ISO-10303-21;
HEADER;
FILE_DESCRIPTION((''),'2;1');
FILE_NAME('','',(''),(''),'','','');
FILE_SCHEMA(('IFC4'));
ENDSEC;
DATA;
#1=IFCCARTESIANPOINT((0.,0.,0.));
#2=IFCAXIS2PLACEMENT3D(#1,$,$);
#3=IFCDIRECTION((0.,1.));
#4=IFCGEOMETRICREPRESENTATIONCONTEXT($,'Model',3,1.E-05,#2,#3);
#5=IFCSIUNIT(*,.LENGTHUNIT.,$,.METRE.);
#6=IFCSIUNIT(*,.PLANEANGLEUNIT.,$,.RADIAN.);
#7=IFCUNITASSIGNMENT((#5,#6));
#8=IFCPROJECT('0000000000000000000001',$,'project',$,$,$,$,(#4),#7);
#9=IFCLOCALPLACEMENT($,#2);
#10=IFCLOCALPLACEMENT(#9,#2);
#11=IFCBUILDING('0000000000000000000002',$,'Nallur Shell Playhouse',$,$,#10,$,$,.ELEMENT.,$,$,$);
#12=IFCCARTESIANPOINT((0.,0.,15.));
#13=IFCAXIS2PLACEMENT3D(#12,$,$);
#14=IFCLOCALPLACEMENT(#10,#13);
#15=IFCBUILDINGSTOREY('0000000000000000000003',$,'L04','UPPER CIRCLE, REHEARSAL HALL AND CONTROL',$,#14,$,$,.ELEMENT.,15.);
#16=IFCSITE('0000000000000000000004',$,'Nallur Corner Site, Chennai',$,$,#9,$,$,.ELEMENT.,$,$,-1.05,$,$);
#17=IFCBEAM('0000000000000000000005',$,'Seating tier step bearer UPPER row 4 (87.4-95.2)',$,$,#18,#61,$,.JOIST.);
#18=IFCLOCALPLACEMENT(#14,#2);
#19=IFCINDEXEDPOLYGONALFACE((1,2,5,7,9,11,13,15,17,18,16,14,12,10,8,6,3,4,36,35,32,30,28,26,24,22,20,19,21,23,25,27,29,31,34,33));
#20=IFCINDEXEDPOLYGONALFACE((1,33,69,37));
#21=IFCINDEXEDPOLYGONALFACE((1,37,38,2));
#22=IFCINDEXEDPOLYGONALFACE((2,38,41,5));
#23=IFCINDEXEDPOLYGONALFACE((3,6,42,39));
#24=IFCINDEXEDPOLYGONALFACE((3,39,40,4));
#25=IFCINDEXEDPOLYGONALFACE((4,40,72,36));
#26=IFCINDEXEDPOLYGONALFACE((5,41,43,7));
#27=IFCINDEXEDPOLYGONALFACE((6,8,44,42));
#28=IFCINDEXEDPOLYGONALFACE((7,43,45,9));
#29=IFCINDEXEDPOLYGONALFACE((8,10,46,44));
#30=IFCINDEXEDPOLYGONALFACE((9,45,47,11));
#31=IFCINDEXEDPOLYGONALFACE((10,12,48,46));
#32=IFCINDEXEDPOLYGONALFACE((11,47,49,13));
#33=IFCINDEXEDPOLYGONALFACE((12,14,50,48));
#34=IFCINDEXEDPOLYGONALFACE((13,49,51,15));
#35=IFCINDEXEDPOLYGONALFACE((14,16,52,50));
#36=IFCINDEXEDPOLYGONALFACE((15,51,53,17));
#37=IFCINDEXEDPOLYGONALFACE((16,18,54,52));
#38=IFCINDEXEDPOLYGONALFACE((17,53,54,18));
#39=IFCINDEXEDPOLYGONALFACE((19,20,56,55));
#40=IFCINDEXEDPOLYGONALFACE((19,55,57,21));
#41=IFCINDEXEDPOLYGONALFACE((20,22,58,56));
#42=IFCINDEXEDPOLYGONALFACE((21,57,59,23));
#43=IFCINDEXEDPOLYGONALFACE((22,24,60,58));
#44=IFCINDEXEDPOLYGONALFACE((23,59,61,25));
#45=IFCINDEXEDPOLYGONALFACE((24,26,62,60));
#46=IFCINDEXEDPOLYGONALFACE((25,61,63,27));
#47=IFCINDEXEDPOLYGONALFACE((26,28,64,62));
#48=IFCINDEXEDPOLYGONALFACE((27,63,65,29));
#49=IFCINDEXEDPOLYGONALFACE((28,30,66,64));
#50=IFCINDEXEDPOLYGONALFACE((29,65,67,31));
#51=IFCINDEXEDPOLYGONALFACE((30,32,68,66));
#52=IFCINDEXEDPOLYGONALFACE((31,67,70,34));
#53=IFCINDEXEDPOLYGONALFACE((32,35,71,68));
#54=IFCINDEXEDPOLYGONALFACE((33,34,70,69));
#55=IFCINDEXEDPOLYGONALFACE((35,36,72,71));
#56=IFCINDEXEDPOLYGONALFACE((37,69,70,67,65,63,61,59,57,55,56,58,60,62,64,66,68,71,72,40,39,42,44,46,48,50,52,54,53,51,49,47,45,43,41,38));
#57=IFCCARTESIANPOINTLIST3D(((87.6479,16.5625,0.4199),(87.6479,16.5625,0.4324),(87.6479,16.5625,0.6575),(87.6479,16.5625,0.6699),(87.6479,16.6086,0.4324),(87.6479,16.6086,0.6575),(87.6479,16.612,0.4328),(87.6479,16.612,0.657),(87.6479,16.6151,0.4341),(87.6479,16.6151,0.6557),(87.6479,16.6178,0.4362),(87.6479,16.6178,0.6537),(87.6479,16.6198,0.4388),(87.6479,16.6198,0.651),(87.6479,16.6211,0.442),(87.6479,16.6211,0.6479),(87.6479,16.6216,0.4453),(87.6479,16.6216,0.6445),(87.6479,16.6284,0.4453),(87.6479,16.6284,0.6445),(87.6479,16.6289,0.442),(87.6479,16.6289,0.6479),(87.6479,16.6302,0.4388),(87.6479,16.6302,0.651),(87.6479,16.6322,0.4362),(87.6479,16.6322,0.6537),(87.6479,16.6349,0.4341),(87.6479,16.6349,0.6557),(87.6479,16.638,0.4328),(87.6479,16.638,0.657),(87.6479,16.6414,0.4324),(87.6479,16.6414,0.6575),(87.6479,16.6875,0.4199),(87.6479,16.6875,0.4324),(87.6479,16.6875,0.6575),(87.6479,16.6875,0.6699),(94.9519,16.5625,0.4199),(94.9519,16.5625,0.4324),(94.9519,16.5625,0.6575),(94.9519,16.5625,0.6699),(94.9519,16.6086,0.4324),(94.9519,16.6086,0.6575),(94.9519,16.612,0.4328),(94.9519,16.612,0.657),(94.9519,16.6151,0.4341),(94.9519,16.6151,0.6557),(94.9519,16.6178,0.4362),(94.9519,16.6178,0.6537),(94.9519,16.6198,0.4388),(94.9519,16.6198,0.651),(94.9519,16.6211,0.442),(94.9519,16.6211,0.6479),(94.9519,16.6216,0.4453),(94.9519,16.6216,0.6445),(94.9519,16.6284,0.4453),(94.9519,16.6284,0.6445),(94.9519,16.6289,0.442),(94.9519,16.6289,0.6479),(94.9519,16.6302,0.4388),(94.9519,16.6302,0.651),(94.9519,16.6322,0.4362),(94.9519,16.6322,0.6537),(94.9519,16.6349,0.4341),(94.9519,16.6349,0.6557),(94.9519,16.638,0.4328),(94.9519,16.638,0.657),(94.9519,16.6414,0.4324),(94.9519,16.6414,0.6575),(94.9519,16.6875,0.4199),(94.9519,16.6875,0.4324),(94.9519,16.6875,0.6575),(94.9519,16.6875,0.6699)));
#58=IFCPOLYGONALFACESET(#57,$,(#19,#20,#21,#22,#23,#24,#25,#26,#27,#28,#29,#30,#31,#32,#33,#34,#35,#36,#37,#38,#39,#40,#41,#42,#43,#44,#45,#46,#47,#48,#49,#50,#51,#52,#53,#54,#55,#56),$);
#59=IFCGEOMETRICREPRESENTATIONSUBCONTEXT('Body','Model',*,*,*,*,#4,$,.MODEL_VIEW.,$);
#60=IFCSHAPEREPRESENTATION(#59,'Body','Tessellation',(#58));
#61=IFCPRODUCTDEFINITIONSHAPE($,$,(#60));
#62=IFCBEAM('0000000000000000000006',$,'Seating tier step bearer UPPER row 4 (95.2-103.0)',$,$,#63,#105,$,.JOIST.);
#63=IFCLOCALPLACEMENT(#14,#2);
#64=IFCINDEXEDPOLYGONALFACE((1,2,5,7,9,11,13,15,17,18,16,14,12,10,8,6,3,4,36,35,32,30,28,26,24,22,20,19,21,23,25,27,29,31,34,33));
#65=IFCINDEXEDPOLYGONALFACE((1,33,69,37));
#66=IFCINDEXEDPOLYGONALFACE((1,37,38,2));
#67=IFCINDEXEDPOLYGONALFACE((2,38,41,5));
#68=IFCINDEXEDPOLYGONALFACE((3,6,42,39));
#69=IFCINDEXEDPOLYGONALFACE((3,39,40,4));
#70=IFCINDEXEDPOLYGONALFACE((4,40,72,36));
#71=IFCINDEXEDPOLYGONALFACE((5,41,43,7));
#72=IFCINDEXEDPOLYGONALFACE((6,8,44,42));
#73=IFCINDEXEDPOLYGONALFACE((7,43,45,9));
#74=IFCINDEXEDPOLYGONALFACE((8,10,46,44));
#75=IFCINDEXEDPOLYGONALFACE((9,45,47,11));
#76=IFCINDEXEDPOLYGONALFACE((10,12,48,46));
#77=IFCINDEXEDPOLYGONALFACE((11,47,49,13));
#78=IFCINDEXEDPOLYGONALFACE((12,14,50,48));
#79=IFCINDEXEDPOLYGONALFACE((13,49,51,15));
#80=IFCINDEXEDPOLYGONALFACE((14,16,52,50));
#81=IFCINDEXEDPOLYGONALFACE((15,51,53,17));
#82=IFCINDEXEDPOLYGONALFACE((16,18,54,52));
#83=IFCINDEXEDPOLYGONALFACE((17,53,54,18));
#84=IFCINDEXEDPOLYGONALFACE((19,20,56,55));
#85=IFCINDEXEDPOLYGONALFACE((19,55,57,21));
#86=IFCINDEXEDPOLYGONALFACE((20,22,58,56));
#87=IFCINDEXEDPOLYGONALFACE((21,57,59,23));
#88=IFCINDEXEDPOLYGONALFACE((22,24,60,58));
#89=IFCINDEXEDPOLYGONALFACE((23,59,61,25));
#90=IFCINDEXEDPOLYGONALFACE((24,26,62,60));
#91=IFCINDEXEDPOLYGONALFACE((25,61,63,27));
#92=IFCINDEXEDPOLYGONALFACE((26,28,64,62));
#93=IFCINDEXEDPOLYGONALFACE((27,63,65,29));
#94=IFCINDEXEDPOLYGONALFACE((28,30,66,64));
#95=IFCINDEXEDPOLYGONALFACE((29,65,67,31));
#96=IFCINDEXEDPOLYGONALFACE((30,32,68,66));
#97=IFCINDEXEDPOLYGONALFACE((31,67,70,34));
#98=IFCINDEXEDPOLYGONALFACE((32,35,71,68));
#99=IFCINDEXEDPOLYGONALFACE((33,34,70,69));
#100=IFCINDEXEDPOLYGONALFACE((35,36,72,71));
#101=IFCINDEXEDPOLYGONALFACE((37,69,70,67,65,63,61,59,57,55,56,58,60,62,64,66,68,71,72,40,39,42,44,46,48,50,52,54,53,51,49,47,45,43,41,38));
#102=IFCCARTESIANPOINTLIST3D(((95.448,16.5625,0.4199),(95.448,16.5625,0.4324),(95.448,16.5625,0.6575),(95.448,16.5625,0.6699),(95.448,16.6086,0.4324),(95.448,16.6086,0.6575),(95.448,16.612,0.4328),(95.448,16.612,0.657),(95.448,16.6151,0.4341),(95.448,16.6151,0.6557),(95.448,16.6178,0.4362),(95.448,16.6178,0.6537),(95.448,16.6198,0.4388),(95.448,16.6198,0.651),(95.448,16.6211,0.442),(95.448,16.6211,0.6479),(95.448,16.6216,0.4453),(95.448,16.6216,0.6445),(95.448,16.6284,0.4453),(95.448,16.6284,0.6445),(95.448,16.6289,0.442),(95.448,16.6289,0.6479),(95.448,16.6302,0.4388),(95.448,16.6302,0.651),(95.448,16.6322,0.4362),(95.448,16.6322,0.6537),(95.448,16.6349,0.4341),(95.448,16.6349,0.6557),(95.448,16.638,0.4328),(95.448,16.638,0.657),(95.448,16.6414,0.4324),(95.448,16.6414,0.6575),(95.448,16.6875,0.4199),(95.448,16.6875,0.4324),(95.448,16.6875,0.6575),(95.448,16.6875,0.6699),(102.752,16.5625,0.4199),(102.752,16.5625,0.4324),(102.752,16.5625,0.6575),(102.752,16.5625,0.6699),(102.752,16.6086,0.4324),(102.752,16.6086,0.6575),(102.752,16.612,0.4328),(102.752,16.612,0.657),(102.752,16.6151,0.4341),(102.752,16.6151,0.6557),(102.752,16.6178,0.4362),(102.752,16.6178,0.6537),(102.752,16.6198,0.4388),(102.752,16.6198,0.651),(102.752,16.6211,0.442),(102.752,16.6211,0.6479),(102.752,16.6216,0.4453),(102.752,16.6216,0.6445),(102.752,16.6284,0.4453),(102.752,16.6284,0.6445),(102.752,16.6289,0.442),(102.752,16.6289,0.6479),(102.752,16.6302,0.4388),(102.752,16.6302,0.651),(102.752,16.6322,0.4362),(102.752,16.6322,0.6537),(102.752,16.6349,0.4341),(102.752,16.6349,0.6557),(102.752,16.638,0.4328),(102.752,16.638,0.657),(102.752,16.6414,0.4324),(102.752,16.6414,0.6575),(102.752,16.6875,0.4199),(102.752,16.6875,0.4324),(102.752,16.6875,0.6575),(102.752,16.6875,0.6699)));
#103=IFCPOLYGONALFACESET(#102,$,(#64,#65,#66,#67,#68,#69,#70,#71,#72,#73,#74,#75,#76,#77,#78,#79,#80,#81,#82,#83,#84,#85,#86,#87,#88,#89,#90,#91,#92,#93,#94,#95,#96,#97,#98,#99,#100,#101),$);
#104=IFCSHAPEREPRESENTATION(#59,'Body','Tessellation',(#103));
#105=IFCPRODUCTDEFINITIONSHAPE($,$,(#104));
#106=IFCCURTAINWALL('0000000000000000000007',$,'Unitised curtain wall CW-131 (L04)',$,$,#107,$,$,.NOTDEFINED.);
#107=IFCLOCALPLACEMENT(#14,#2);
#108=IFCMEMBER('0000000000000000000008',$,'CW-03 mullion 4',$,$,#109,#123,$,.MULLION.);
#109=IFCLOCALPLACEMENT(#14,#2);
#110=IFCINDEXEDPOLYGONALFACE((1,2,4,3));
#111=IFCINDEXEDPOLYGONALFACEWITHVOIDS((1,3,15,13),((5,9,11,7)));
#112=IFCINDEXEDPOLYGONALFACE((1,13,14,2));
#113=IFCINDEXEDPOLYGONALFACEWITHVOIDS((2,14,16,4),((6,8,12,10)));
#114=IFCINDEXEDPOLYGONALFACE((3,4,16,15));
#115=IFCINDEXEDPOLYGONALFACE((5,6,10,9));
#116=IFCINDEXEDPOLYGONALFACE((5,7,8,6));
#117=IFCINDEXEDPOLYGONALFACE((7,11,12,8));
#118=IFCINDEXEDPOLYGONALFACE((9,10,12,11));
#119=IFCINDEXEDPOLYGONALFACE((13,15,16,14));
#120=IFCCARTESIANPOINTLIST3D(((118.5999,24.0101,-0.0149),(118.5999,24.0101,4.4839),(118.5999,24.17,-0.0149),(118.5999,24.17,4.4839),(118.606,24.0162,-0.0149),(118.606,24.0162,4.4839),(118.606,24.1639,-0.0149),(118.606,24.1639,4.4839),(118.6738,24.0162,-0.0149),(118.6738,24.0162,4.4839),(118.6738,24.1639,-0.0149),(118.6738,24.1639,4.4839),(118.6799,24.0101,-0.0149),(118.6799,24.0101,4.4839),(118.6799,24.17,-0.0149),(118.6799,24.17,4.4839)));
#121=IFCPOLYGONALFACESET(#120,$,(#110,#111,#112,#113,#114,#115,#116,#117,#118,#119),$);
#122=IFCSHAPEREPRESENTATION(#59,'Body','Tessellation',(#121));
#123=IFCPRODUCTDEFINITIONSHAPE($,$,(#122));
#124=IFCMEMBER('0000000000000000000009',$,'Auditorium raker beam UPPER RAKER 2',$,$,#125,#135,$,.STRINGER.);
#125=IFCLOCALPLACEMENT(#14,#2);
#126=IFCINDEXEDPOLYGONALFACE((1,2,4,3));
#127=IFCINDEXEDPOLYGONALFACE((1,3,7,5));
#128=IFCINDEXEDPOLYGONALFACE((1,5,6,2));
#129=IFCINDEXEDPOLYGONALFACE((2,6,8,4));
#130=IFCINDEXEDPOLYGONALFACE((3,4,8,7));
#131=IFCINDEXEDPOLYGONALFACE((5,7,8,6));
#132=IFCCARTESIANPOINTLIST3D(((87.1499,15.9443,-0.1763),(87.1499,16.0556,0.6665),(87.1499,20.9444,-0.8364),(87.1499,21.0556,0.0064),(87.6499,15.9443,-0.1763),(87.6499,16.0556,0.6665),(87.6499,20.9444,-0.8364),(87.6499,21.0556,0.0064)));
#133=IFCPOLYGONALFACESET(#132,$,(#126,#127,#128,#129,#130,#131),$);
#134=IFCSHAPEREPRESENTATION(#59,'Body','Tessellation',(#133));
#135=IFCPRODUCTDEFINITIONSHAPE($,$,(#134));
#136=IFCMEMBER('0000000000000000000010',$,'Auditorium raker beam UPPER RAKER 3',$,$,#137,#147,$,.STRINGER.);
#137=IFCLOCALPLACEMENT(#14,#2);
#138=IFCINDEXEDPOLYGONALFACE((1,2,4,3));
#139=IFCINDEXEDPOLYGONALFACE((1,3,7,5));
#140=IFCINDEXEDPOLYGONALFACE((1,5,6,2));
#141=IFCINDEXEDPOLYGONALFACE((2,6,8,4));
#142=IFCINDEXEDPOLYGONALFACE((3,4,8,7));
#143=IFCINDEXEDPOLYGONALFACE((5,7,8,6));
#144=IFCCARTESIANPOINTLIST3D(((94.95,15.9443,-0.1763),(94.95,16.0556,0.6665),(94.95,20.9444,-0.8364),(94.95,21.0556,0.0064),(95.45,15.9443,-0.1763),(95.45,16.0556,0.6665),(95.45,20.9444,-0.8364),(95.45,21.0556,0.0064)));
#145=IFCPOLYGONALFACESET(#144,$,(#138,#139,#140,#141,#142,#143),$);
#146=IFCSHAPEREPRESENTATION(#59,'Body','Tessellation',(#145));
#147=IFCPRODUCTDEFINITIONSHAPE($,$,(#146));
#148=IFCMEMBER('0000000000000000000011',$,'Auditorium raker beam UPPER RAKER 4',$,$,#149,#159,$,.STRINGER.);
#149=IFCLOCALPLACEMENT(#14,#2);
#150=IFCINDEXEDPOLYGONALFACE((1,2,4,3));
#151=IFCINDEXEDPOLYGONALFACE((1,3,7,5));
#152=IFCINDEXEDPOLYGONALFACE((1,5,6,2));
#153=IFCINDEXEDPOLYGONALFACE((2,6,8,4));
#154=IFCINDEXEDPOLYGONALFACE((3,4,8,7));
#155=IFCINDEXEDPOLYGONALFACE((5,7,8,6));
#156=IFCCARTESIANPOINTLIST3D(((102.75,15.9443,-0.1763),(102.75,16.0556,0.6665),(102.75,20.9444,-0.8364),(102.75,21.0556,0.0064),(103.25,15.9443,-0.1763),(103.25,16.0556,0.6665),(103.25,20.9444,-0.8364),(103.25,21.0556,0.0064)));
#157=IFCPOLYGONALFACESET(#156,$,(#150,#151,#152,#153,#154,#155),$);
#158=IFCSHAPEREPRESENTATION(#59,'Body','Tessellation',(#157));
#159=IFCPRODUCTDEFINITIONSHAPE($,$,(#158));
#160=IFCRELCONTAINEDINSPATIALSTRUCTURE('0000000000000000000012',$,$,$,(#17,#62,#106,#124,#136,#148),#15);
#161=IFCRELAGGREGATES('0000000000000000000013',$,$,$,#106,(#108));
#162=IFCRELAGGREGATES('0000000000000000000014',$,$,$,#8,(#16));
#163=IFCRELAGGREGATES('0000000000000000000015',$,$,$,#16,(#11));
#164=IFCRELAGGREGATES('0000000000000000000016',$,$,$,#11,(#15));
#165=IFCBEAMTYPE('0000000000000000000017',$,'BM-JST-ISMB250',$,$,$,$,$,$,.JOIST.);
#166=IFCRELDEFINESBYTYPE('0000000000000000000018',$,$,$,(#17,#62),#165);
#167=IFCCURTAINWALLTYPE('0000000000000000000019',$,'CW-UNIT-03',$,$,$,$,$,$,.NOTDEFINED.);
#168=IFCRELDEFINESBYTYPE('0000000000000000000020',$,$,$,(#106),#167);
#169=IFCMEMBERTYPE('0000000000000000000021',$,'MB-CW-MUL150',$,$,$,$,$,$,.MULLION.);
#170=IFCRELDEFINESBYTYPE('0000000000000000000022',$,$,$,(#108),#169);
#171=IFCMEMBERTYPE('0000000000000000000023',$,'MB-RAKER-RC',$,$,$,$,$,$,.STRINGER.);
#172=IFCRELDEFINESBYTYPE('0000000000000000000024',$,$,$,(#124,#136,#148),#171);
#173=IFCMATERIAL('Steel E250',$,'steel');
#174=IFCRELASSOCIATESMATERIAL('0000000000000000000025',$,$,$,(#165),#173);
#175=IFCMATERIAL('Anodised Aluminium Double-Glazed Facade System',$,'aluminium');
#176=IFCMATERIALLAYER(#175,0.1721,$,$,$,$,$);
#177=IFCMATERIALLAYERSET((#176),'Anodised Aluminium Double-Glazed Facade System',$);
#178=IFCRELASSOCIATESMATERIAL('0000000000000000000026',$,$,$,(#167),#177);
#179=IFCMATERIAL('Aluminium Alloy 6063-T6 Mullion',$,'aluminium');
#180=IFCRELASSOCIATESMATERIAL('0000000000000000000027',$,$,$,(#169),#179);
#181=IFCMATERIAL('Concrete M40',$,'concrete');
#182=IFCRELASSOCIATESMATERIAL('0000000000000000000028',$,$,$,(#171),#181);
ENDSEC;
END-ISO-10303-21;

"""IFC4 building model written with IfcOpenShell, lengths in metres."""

from ifc_helpers import new_model, si_unit, direction, frame, origin, origin_2d, place, context, subcontext, project, spatial, rectangle, hollow_rectangle, i_section, extrude, material, layer, layer_set, material_profile, profile_set, type_object, element, aggregate, save


model = new_model("IFC4")

# Units and contexts
model_context = context("Model", 3, precision=1e-05, world=origin(), true_north=direction((0.0, 1.0)))
body_context = subcontext(model_context, "Body", "Model", "MODEL_VIEW")
ifc_project = project(units=[si_unit("LENGTHUNIT", "METRE"), si_unit("PLANEANGLEUNIT", "RADIAN")], contexts=[model_context])

# Site, building, storey
site_placement = place(None, origin())
site = spatial("IfcSite", under=ifc_project, at=site_placement, Name="Nallur Corner Site, Chennai", CompositionType="ELEMENT", RefElevation=-1.05)
building_placement = place(site_placement, origin())
building = spatial("IfcBuilding", under=site, at=building_placement, Name="Nallur Shell Playhouse", CompositionType="ELEMENT")
storey_placement = place(building_placement, frame((0.0, 0.0, 15.0)))
storey = spatial("IfcBuildingStorey", under=building, at=storey_placement, Name="L04", Description="UPPER CIRCLE, REHEARSAL HALL AND CONTROL", CompositionType="ELEMENT", Elevation=15.0)

# Beams
ifc_material_1 = material(Name="Steel E250", Category="steel")
ifc_material_profile_1 = material_profile(ifc_material_1, i_section(OverallWidth=0.125, OverallDepth=0.25, WebThickness=0.0068, FlangeThickness=0.0125, FilletRadius=0.0129, at=origin_2d()), Name="ISMB 250")
ifc_profile_set_1 = profile_set([ifc_material_profile_1], Name="Steel E250")
beam_type = type_object("IfcBeamType", Name="BM-JST-ISMB250", PredefinedType="JOIST", material=ifc_profile_set_1)
for number, where, z_axis, x_axis, name in (
    (1, (87.6479, 16.625, 0.5449), (1.0, 0.0, 0.0), (0.0, 1.0, 0.0), "Seating tier step bearer UPPER row 4 (87.4-95.2)"),
    (2, (95.448, 16.625, 0.5449), (1.0, 0.0, 0.0), (0.0, 1.0, 0.0), "Seating tier step bearer UPPER row 4 (95.2-103.0)"),
):
    element("IfcBeam", number, at=place(storey_placement, frame(where, z_axis=z_axis, x_axis=x_axis)), inside=storey, type_object=beam_type, Name=name, PredefinedType="JOIST", context=body_context, shape_type="SweptSolid", body=[
        extrude(i_section(OverallWidth=0.125, OverallDepth=0.25, WebThickness=0.0068, FlangeThickness=0.0125, FilletRadius=0.0129, at=origin_2d()), origin(), (0.0, 0.0, 1.0), 7.304),
    ])

# Curtain wall, member
ifc_material_2 = material(Name="Anodised Aluminium Double-Glazed Facade System", Category="aluminium")
ifc_layer_1 = layer(ifc_material_2, 0.1721)
ifc_layer_set_1 = layer_set([ifc_layer_1], Name="Anodised Aluminium Double-Glazed Facade System")
curtain_wall_type = type_object("IfcCurtainWallType", Name="CW-UNIT-03", PredefinedType="NOTDEFINED", material=ifc_layer_set_1)
curtain_wall_placement = place(storey_placement, origin())
curtain_wall = element("IfcCurtainWall", 3, at=curtain_wall_placement, inside=storey, type_object=curtain_wall_type, Name="Unitised curtain wall CW-131 (L04)", PredefinedType="NOTDEFINED")
ifc_material_3 = material(Name="Aluminium Alloy 6063-T6 Mullion", Category="aluminium")
ifc_material_profile_2 = material_profile(ifc_material_3, hollow_rectangle(XDim=0.0801, YDim=0.1599, WallThickness=0.0061, at=origin_2d()), Name="RHS 160x80x6")
ifc_profile_set_2 = profile_set([ifc_material_profile_2], Name="Aluminium Alloy 6063-T6 Mullion")
member_type_1 = type_object("IfcMemberType", Name="MB-CW-MUL150", PredefinedType="MULLION", material=ifc_profile_set_2)
member_placement = place(storey_placement, frame((118.6399, 24.0901, -0.0149), z_axis=(0.0, 0.0, 1.0), x_axis=(-1.0, 0.0, 0.0)))
member = element("IfcMember", 4, at=member_placement, type_object=member_type_1, Name="CW-03 mullion 4", PredefinedType="MULLION", context=body_context, shape_type="SweptSolid", body=[
    extrude(hollow_rectangle(XDim=0.0801, YDim=0.1599, WallThickness=0.0061, at=origin_2d()), origin(), (0.0, 0.0, 1.0), 4.4988),
])

# Members
ifc_material_4 = material(Name="Concrete M40", Category="concrete")
ifc_material_profile_3 = material_profile(ifc_material_4, rectangle(XDim=0.5, YDim=0.8501, at=origin_2d()), Name="RC 500x850")
ifc_profile_set_3 = profile_set([ifc_material_profile_3], Name="Concrete M40")
member_type_2 = type_object("IfcMemberType", Name="MB-RAKER-RC", PredefinedType="STRINGER", material=ifc_profile_set_3)
for number, where, z_axis, x_axis, name in (
    (5, (87.3999, 21.0, -0.415), (0.0, -0.991396, 0.130895), (1.0, 0.0, 0.0), "Auditorium raker beam UPPER RAKER 2"),
    (6, (95.2, 21.0, -0.415), (0.0, -0.991396, 0.130895), (1.0, 0.0, 0.0), "Auditorium raker beam UPPER RAKER 3"),
    (7, (103.0, 21.0, -0.415), (0.0, -0.991396, 0.130895), (1.0, 0.0, 0.0), "Auditorium raker beam UPPER RAKER 4"),
):
    element("IfcMember", number, at=place(storey_placement, frame(where, z_axis=z_axis, x_axis=x_axis)), inside=storey, type_object=member_type_2, Name=name, PredefinedType="STRINGER", context=body_context, shape_type="SweptSolid", body=[
        extrude(rectangle(XDim=0.5, YDim=0.8501, at=origin_2d()), origin(), (0.0, 0.0, 1.0), 5.0435),
    ])

aggregate(curtain_wall, [member])

save(model, "model.ifc")
